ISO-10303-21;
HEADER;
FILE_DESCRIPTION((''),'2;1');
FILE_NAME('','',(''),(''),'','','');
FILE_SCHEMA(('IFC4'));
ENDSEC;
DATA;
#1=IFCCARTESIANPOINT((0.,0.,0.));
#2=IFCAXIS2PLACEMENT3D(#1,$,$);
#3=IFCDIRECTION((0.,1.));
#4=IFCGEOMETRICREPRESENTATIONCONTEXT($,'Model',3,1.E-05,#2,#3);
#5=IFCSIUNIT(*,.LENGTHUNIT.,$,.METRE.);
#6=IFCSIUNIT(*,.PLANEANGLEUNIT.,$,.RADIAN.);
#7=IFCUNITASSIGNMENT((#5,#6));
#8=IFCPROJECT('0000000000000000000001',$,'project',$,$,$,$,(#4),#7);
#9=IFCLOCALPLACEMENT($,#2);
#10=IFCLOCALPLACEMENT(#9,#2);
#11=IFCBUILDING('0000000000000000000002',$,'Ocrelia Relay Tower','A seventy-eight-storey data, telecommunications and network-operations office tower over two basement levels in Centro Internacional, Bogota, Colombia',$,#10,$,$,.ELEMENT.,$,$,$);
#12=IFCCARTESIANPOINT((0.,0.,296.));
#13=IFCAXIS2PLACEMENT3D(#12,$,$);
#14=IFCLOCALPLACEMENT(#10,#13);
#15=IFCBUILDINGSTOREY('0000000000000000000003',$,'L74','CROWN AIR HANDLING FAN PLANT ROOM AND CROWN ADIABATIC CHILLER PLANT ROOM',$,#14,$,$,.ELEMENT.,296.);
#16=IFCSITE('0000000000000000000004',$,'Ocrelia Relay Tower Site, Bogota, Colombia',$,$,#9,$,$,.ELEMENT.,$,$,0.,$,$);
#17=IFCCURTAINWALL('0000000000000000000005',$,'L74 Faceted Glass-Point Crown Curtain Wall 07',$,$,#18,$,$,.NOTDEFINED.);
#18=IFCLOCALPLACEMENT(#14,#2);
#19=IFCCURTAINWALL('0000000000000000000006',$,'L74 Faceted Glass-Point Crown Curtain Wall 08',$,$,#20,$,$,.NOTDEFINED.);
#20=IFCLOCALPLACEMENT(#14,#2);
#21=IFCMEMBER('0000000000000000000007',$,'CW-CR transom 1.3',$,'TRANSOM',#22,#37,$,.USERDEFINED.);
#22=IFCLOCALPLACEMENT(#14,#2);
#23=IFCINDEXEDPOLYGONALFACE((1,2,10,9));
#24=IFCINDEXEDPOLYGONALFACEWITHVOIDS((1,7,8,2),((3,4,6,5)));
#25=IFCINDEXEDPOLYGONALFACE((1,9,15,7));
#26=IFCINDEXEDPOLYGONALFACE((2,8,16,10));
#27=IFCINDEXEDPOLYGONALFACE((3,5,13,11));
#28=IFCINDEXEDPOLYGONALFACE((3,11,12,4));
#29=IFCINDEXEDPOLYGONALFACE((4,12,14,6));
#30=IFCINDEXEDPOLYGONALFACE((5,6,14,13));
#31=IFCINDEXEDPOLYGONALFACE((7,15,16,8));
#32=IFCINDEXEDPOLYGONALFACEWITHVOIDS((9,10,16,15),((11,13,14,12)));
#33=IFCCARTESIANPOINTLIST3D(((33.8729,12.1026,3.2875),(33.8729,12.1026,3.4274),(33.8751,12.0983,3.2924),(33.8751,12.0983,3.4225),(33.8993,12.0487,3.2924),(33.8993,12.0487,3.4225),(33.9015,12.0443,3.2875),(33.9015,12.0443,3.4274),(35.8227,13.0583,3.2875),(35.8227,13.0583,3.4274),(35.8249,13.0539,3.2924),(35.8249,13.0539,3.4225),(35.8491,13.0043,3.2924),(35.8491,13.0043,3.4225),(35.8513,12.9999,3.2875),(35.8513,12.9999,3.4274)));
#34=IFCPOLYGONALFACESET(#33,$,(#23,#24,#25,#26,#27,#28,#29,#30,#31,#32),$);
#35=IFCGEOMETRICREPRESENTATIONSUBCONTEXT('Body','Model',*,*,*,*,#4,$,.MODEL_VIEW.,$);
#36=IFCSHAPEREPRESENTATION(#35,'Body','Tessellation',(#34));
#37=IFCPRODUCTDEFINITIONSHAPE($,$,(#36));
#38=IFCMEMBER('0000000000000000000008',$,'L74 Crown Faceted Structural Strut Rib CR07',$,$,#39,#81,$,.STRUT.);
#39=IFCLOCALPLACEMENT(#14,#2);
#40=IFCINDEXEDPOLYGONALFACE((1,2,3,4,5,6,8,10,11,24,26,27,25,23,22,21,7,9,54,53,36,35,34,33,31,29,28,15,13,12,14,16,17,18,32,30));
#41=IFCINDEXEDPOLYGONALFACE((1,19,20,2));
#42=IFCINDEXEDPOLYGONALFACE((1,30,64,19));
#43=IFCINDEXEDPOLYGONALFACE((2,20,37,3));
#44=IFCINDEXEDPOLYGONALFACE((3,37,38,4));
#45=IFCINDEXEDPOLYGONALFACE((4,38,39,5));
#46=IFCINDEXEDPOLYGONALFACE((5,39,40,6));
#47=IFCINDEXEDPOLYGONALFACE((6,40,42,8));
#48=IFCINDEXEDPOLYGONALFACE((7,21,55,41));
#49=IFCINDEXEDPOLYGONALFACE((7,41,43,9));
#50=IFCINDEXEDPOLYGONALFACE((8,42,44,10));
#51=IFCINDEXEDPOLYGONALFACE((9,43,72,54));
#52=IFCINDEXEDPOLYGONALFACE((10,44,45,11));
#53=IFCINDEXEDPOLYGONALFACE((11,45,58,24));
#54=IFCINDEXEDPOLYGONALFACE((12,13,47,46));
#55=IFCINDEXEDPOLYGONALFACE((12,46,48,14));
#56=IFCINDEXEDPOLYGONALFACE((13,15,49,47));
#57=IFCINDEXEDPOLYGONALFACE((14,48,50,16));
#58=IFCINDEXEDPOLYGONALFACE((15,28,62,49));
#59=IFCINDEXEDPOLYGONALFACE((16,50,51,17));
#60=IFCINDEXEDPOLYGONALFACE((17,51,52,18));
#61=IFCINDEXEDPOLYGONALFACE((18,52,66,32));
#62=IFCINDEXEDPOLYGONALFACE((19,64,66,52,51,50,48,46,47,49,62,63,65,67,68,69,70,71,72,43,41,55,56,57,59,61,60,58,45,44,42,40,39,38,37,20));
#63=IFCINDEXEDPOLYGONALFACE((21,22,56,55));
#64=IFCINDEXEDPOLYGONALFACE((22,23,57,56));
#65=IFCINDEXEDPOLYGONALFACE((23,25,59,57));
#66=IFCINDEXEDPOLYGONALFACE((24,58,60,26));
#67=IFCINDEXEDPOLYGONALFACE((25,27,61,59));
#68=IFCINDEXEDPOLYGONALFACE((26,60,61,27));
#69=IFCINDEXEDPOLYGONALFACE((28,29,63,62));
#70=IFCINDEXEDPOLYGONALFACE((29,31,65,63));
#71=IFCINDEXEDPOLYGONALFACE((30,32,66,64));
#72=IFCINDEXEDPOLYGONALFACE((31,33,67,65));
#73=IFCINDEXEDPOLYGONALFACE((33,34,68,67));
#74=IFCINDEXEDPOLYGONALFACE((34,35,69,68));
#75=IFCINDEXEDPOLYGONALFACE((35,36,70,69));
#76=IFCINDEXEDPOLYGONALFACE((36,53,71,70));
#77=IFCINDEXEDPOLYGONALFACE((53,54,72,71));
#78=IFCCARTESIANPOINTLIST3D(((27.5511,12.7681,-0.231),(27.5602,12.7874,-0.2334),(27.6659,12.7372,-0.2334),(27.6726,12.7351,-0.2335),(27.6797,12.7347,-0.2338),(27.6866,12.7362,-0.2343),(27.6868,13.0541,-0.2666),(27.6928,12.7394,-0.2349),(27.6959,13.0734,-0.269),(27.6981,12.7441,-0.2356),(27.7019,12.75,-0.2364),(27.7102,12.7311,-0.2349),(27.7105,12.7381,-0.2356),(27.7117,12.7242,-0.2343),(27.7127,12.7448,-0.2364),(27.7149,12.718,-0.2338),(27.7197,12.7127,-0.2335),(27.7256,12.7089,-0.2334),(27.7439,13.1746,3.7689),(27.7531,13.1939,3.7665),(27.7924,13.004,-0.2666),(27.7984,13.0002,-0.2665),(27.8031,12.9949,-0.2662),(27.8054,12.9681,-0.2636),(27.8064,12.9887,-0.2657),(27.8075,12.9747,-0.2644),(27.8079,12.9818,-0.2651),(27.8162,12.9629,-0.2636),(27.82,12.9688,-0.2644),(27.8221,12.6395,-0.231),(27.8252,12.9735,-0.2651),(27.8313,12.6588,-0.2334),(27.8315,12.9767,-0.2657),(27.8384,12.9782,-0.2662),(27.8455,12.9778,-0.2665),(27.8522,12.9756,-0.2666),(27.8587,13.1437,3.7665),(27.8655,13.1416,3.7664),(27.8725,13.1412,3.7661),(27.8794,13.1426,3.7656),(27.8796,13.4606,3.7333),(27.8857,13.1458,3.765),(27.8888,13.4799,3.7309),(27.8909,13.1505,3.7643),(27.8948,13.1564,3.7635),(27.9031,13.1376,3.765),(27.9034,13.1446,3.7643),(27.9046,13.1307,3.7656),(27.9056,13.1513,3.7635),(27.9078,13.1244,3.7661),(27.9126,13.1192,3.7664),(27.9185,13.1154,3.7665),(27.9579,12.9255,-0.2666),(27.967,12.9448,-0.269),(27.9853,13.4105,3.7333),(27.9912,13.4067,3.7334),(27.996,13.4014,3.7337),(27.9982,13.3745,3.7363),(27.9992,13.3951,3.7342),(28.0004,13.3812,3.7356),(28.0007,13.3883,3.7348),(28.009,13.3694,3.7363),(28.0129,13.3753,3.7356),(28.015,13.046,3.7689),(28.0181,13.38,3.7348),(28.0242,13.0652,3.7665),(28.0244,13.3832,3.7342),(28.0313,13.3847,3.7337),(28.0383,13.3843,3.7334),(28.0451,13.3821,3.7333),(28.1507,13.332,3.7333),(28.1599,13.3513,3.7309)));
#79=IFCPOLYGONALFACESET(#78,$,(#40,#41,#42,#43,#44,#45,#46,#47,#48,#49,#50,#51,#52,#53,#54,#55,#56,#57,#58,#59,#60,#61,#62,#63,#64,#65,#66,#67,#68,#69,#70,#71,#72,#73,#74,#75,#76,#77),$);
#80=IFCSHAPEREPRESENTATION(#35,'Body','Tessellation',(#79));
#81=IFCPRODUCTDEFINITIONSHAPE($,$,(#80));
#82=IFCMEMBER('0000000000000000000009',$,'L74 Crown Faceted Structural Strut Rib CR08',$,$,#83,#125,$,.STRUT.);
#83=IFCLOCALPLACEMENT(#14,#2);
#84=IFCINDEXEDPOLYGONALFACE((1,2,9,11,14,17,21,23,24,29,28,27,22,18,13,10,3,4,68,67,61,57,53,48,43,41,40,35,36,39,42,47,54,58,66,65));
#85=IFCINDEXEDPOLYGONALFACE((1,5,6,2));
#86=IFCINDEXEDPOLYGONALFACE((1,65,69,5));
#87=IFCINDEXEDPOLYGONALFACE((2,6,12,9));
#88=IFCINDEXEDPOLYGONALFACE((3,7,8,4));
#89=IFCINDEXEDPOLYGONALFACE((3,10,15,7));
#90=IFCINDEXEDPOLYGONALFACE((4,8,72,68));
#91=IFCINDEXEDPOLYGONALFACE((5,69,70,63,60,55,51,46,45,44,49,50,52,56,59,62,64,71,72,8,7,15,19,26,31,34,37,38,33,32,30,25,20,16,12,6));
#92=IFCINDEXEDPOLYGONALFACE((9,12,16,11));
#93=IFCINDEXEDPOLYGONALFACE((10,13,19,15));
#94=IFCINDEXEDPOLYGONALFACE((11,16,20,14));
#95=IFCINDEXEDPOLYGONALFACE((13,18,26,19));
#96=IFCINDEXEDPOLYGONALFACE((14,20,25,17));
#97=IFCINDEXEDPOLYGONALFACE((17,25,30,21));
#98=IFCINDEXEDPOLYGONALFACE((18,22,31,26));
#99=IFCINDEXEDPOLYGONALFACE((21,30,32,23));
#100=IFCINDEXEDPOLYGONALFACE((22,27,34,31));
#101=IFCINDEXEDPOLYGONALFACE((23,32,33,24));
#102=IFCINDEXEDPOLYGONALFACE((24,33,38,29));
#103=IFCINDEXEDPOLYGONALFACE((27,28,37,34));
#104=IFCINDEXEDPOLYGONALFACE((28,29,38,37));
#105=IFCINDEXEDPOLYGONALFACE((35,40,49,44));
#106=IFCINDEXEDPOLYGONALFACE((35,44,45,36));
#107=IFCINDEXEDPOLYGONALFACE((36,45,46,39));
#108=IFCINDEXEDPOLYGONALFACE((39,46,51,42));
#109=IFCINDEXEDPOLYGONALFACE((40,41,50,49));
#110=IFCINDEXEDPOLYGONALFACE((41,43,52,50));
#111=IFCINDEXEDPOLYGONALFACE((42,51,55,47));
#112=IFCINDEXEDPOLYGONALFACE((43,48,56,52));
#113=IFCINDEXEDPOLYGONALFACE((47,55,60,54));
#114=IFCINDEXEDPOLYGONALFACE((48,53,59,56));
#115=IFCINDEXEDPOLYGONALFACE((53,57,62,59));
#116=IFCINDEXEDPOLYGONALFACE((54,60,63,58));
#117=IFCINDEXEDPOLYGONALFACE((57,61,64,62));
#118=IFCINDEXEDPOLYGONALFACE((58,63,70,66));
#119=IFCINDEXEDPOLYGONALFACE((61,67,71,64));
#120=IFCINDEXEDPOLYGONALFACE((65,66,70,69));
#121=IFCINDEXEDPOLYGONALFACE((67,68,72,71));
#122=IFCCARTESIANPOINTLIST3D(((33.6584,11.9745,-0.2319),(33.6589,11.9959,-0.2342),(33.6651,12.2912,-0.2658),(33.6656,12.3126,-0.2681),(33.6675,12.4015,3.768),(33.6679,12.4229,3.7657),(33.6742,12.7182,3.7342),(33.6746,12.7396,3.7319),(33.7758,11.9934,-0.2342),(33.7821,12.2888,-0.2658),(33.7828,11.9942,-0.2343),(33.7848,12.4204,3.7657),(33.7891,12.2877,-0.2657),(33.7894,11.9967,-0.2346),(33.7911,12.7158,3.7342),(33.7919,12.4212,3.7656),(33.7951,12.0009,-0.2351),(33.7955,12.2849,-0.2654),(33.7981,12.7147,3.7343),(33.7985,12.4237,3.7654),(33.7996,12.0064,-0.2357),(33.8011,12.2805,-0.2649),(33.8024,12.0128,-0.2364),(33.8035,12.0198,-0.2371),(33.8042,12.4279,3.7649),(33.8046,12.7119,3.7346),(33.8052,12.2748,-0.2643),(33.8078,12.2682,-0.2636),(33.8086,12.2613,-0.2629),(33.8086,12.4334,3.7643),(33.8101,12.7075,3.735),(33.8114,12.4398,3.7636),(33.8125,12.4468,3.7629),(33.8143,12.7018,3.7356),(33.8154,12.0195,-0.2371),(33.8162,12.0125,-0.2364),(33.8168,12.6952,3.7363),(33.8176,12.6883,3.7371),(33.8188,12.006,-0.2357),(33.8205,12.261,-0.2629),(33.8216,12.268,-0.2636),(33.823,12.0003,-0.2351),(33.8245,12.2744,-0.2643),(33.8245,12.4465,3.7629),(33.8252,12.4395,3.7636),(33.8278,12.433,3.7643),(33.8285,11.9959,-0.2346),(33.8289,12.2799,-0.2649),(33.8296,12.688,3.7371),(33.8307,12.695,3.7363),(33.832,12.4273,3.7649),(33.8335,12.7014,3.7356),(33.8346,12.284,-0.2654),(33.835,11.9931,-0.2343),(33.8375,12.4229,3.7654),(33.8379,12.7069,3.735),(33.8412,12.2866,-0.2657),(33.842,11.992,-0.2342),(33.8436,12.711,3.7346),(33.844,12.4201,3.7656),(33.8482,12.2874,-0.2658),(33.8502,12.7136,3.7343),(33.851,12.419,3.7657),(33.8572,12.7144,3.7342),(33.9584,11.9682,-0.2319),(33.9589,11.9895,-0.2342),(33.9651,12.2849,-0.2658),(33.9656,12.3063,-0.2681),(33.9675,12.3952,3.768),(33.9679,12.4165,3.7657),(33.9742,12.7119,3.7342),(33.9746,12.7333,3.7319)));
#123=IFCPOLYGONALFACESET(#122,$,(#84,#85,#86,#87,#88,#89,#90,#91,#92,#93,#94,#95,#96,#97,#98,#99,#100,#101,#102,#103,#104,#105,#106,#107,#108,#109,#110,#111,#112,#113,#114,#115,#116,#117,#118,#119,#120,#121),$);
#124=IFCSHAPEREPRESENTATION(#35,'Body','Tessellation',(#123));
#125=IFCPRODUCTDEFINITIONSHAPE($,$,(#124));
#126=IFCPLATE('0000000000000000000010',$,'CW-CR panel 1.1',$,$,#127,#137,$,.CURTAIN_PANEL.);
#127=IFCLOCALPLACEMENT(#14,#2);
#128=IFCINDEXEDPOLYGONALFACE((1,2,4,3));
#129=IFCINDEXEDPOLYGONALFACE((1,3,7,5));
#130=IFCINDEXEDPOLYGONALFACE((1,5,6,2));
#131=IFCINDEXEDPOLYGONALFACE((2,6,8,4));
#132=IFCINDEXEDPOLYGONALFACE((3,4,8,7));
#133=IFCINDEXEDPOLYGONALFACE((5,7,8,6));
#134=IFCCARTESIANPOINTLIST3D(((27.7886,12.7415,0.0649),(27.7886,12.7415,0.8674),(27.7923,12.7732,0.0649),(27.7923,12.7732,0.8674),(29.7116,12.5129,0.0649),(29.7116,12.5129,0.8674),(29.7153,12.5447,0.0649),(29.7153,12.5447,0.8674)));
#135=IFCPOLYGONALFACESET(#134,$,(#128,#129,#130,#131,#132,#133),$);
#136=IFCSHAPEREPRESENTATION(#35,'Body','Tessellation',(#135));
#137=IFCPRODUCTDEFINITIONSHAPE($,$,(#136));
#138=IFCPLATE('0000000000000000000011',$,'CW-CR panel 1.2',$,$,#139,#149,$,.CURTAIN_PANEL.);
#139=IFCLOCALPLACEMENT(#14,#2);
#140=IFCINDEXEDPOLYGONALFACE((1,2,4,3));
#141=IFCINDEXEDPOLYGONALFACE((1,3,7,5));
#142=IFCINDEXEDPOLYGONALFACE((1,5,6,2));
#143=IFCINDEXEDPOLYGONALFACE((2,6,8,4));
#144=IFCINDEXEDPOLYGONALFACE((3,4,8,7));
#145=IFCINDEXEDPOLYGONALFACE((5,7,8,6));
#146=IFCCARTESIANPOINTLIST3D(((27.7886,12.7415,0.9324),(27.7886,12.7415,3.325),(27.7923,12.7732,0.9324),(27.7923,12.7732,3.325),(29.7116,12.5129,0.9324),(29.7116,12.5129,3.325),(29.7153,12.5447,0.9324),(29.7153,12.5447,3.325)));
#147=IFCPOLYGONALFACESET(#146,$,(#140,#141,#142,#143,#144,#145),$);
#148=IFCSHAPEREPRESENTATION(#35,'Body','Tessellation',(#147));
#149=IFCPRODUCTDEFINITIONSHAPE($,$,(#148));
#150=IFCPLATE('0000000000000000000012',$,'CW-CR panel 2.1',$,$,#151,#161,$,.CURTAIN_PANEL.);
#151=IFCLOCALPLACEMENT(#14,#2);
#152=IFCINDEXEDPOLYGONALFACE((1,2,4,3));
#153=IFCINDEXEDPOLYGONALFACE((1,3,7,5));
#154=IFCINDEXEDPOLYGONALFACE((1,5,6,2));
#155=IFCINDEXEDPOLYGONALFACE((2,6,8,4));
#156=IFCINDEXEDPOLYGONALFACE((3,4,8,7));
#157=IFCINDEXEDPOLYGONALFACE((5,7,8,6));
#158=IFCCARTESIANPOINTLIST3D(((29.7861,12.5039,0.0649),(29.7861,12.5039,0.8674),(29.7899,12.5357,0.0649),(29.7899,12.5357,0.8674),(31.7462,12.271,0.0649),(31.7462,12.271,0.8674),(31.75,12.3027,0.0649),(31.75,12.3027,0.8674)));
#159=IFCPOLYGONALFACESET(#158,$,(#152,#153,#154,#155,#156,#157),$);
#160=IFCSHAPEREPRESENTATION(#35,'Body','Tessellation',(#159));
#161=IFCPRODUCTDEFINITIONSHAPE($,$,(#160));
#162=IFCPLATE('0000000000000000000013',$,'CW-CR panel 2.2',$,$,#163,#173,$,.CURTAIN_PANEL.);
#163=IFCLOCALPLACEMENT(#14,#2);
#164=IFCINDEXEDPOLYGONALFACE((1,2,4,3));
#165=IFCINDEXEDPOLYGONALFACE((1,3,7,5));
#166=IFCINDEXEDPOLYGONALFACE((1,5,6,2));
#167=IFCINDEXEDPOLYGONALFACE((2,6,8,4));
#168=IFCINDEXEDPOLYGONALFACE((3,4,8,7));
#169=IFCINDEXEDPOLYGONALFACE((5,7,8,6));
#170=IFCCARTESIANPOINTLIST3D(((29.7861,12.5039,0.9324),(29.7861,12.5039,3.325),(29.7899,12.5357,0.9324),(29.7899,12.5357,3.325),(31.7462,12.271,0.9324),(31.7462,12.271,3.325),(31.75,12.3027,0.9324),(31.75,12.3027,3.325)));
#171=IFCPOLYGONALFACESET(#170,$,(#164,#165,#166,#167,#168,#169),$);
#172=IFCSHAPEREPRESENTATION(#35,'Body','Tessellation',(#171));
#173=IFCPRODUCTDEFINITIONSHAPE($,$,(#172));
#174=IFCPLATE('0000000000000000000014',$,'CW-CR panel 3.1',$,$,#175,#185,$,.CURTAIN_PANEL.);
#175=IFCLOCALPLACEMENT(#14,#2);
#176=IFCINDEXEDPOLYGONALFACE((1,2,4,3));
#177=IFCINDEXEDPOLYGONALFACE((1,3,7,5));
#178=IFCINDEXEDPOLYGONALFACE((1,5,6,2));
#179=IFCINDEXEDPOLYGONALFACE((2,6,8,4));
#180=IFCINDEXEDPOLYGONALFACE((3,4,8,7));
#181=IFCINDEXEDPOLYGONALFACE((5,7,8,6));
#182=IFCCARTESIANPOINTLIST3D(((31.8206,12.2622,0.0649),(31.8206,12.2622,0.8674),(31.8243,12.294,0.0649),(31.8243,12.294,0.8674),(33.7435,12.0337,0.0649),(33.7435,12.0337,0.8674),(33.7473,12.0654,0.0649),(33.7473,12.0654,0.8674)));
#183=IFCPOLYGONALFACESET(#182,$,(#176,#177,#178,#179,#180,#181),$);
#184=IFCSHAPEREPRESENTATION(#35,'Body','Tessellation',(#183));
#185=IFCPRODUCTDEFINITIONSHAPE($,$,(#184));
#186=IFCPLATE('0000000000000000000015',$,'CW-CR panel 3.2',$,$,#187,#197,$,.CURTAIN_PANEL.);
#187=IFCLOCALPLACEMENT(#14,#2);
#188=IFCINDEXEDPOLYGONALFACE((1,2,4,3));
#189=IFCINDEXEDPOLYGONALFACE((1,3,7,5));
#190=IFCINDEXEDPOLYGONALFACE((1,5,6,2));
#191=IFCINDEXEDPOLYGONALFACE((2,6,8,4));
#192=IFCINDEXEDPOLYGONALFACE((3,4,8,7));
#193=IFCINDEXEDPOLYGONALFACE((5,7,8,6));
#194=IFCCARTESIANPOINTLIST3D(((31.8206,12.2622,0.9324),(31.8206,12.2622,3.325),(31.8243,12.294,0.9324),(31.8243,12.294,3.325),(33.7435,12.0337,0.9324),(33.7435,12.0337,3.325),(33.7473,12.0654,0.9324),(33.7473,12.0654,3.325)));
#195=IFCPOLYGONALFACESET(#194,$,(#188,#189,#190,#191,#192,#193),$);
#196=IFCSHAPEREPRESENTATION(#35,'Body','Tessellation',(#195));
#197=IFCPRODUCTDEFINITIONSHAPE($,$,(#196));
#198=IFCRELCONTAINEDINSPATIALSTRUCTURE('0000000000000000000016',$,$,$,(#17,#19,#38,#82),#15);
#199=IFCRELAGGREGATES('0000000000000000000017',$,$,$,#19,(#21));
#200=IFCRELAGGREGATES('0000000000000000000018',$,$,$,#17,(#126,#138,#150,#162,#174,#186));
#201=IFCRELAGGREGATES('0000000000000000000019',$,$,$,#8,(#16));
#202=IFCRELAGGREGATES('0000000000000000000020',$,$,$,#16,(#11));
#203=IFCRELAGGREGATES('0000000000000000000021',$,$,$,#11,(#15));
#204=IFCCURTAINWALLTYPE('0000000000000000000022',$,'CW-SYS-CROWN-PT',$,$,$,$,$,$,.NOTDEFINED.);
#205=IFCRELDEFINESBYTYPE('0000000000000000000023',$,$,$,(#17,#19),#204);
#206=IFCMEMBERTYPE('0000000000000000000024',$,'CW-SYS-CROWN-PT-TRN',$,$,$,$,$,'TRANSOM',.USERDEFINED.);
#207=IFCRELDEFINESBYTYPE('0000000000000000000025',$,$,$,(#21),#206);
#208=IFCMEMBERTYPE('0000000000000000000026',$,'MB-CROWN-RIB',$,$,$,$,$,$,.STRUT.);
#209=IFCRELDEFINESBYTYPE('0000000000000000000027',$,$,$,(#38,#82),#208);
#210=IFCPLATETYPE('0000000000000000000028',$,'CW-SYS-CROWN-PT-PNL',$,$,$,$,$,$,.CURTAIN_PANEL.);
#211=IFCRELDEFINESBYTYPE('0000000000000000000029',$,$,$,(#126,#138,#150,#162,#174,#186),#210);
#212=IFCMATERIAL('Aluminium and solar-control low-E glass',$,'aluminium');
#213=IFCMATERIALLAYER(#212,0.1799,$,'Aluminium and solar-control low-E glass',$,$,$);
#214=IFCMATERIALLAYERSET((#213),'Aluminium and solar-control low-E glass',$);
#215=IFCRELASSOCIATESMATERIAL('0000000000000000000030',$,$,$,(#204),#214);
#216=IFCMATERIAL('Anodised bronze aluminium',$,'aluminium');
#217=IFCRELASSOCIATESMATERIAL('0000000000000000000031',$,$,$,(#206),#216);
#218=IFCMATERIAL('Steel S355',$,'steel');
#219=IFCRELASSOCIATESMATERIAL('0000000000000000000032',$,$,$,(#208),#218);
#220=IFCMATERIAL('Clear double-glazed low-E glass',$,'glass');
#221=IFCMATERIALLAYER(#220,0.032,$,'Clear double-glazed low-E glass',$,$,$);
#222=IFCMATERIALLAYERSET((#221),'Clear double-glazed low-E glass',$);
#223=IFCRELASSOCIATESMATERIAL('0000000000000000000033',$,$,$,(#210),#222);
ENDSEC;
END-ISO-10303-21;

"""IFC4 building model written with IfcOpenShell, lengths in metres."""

from ifc_helpers import new_model, si_unit, direction, frame, origin, origin_2d, place, context, subcontext, project, spatial, rectangle, hollow_rectangle, i_section, extrude, material, layer, layer_set, material_profile, profile_set, type_object, element, aggregate, save


model = new_model("IFC4")

# Units and contexts
model_context = context("Model", 3, precision=1e-05, world=origin(), true_north=direction((0.0, 1.0)))
body_context = subcontext(model_context, "Body", "Model", "MODEL_VIEW")
ifc_project = project(units=[si_unit("LENGTHUNIT", "METRE"), si_unit("PLANEANGLEUNIT", "RADIAN")], contexts=[model_context])

# Site, building, storey
site_placement = place(None, origin())
site = spatial("IfcSite", under=ifc_project, at=site_placement, Name="Ocrelia Relay Tower Site, Bogota, Colombia", CompositionType="ELEMENT", RefElevation=0.0)
building_placement = place(site_placement, origin())
building = spatial("IfcBuilding", under=site, at=building_placement, Name="Ocrelia Relay Tower", Description="A seventy-eight-storey data, telecommunications and network-operations office tower over two basement levels in Centro Internacional, Bogota, Colombia", CompositionType="ELEMENT")
storey_placement = place(building_placement, frame((0.0, 0.0, 296.0)))
storey = spatial("IfcBuildingStorey", under=building, at=storey_placement, Name="L74", Description="CROWN AIR HANDLING FAN PLANT ROOM AND CROWN ADIABATIC CHILLER PLANT ROOM", CompositionType="ELEMENT", Elevation=296.0)

# Shared definitions
ifc_material_1 = material(Name="Steel S355", Category="steel")

# Curtain wall
ifc_material_2 = material(Name="Aluminium and solar-control low-E glass", Category="aluminium")
ifc_layer_1 = layer(ifc_material_2, 0.1799, Name="Aluminium and solar-control low-E glass")
ifc_layer_set_1 = layer_set([ifc_layer_1], Name="Aluminium and solar-control low-E glass")
curtain_wall_type = type_object("IfcCurtainWallType", Name="CW-SYS-CROWN-PT", PredefinedType="NOTDEFINED", material=ifc_layer_set_1)
curtain_wall_1_placement = place(storey_placement, origin())
curtain_wall_1 = element("IfcCurtainWall", 1, at=curtain_wall_1_placement, inside=storey, type_object=curtain_wall_type, Name="L74 Faceted Glass-Point Crown Curtain Wall 07", PredefinedType="NOTDEFINED")
ifc_material_3 = material(Name="Anodised bronze aluminium", Category="aluminium")

# Curtain wall
curtain_wall_2_placement = place(storey_placement, origin())
curtain_wall_2 = element("IfcCurtainWall", 2, at=curtain_wall_2_placement, inside=storey, type_object=curtain_wall_type, Name="L74 Faceted Glass-Point Crown Curtain Wall 08", PredefinedType="NOTDEFINED")

# Member
ifc_material_profile_1 = material_profile(ifc_material_3, hollow_rectangle(XDim=0.0649, YDim=0.1399, WallThickness=0.0049, at=origin_2d()), Name="CW-TRN-140x65")
ifc_profile_set_1 = profile_set([ifc_material_profile_1], Name="Anodised bronze aluminium")
member_type_1 = type_object("IfcMemberType", Name="CW-SYS-CROWN-PT-TRN", ElementType="TRANSOM", PredefinedType="USERDEFINED", material=ifc_profile_set_1)
member_1_placement = place(storey_placement, frame((33.8872, 12.0735, 3.3574), z_axis=(0.897952, 0.440093, 0.0), x_axis=(-0.440093, 0.897952, 0.0)))
member_1 = element("IfcMember", 3, at=member_1_placement, type_object=member_type_1, Name="CW-CR transom 1.3", ObjectType="TRANSOM", PredefinedType="USERDEFINED", context=body_context, shape_type="SweptSolid", body=[
    extrude(hollow_rectangle(XDim=0.0649, YDim=0.1399, WallThickness=0.0049, at=origin_2d()), origin(), (0.0, 0.0, 1.0), 2.1714),
])
aggregate(curtain_wall_2, [member_1])

# Members
ifc_material_profile_2 = material_profile(ifc_material_1, i_section(OverallWidth=0.3, OverallDepth=0.3401, WebThickness=0.012, FlangeThickness=0.0215, FilletRadius=0.0271, at=origin_2d()), Name="HEB 340")
ifc_profile_set_2 = profile_set([ifc_material_profile_2], Name="Steel S355")
member_type_2 = type_object("IfcMemberType", Name="MB-CROWN-RIB", PredefinedType="STRUT", material=ifc_profile_set_2)
member_2_placement = place(storey_placement, frame((27.759, 12.8564, -0.25), z_axis=(0.047916, 0.100987, 0.993733), x_axis=(-0.903461, 0.428669, 0.0)))
element("IfcMember", 4, at=member_2_placement, inside=storey, type_object=member_type_2, Name="L74 Crown Faceted Structural Strut Rib CR07", PredefinedType="STRUT", context=body_context, shape_type="SweptSolid", body=[
    extrude(i_section(OverallWidth=0.3, OverallDepth=0.3401, WebThickness=0.012, FlangeThickness=0.0215, FilletRadius=0.0271, at=origin_2d()), origin(), (0.0, 0.0, 1.0), 4.0251),
])
member_3_placement = place(storey_placement, frame((33.812, 12.1404, -0.25), z_axis=(0.002246, 0.106147, 0.994348), x_axis=(-0.999776, 0.02115, 0.0)))
element("IfcMember", 5, at=member_3_placement, inside=storey, type_object=member_type_2, Name="L74 Crown Faceted Structural Strut Rib CR08", PredefinedType="STRUT", context=body_context, shape_type="SweptSolid", body=[
    extrude(i_section(OverallWidth=0.3, OverallDepth=0.3401, WebThickness=0.012, FlangeThickness=0.0215, FilletRadius=0.0271, at=origin_2d()), origin(), (0.0, 0.0, 1.0), 4.0227),
])

# Plates
ifc_material_4 = material(Name="Clear double-glazed low-E glass", Category="glass")
ifc_layer_2 = layer(ifc_material_4, 0.032, Name="Clear double-glazed low-E glass")
ifc_layer_set_2 = layer_set([ifc_layer_2], Name="Clear double-glazed low-E glass")
plate_type = type_object("IfcPlateType", Name="CW-SYS-CROWN-PT-PNL", PredefinedType="CURTAIN_PANEL", material=ifc_layer_set_2)
plate_1_placement = place(storey_placement, frame((28.752, 12.6431, 0.0649), z_axis=(0.0, 0.0, 1.0), x_axis=(0.99301, -0.11803, 0.0)))
plate_1 = element("IfcPlate", 6, at=plate_1_placement, type_object=plate_type, Name="CW-CR panel 1.1", PredefinedType="CURTAIN_PANEL", context=body_context, shape_type="SweptSolid", body=[
    extrude(rectangle(XDim=1.9365, YDim=0.032, at=origin_2d()), origin(), (0.0, 0.0, 1.0), 0.8025),
])
plate_2_placement = place(storey_placement, frame((28.752, 12.6431, 0.9324), z_axis=(0.0, 0.0, 1.0), x_axis=(0.99301, -0.11803, 0.0)))
plate_2 = element("IfcPlate", 7, at=plate_2_placement, type_object=plate_type, Name="CW-CR panel 1.2", PredefinedType="CURTAIN_PANEL", context=body_context, shape_type="SweptSolid", body=[
    extrude(rectangle(XDim=1.9365, YDim=0.032, at=origin_2d()), origin(), (0.0, 0.0, 1.0), 2.3926),
])
plate_3_placement = place(storey_placement, frame((30.7681, 12.4033, 0.0649), z_axis=(0.0, 0.0, 1.0), x_axis=(0.99301, -0.11803, 0.0)))
plate_3 = element("IfcPlate", 8, at=plate_3_placement, type_object=plate_type, Name="CW-CR panel 2.1", PredefinedType="CURTAIN_PANEL", context=body_context, shape_type="SweptSolid", body=[
    extrude(rectangle(XDim=1.9739, YDim=0.032, at=origin_2d()), origin(), (0.0, 0.0, 1.0), 0.8025),
])
plate_4_placement = place(storey_placement, frame((30.7681, 12.4033, 0.9324), z_axis=(0.0, 0.0, 1.0), x_axis=(0.99301, -0.11803, 0.0)))
plate_4 = element("IfcPlate", 9, at=plate_4_placement, type_object=plate_type, Name="CW-CR panel 2.2", PredefinedType="CURTAIN_PANEL", context=body_context, shape_type="SweptSolid", body=[
    extrude(rectangle(XDim=1.9739, YDim=0.032, at=origin_2d()), origin(), (0.0, 0.0, 1.0), 2.3926),
])
plate_5_placement = place(storey_placement, frame((32.7839, 12.1638, 0.0649), z_axis=(0.0, 0.0, 1.0), x_axis=(0.99301, -0.11803, 0.0)))
plate_5 = element("IfcPlate", 10, at=plate_5_placement, type_object=plate_type, Name="CW-CR panel 3.1", PredefinedType="CURTAIN_PANEL", context=body_context, shape_type="SweptSolid", body=[
    extrude(rectangle(XDim=1.9365, YDim=0.032, at=origin_2d()), origin(), (0.0, 0.0, 1.0), 0.8025),
])
plate_6_placement = place(storey_placement, frame((32.7839, 12.1638, 0.9324), z_axis=(0.0, 0.0, 1.0), x_axis=(0.99301, -0.11803, 0.0)))
plate_6 = element("IfcPlate", 11, at=plate_6_placement, type_object=plate_type, Name="CW-CR panel 3.2", PredefinedType="CURTAIN_PANEL", context=body_context, shape_type="SweptSolid", body=[
    extrude(rectangle(XDim=1.9365, YDim=0.032, at=origin_2d()), origin(), (0.0, 0.0, 1.0), 2.3926),
])
aggregate(curtain_wall_1, [plate_1, plate_2, plate_3, plate_4, plate_5, plate_6])

save(model, "model.ifc")
